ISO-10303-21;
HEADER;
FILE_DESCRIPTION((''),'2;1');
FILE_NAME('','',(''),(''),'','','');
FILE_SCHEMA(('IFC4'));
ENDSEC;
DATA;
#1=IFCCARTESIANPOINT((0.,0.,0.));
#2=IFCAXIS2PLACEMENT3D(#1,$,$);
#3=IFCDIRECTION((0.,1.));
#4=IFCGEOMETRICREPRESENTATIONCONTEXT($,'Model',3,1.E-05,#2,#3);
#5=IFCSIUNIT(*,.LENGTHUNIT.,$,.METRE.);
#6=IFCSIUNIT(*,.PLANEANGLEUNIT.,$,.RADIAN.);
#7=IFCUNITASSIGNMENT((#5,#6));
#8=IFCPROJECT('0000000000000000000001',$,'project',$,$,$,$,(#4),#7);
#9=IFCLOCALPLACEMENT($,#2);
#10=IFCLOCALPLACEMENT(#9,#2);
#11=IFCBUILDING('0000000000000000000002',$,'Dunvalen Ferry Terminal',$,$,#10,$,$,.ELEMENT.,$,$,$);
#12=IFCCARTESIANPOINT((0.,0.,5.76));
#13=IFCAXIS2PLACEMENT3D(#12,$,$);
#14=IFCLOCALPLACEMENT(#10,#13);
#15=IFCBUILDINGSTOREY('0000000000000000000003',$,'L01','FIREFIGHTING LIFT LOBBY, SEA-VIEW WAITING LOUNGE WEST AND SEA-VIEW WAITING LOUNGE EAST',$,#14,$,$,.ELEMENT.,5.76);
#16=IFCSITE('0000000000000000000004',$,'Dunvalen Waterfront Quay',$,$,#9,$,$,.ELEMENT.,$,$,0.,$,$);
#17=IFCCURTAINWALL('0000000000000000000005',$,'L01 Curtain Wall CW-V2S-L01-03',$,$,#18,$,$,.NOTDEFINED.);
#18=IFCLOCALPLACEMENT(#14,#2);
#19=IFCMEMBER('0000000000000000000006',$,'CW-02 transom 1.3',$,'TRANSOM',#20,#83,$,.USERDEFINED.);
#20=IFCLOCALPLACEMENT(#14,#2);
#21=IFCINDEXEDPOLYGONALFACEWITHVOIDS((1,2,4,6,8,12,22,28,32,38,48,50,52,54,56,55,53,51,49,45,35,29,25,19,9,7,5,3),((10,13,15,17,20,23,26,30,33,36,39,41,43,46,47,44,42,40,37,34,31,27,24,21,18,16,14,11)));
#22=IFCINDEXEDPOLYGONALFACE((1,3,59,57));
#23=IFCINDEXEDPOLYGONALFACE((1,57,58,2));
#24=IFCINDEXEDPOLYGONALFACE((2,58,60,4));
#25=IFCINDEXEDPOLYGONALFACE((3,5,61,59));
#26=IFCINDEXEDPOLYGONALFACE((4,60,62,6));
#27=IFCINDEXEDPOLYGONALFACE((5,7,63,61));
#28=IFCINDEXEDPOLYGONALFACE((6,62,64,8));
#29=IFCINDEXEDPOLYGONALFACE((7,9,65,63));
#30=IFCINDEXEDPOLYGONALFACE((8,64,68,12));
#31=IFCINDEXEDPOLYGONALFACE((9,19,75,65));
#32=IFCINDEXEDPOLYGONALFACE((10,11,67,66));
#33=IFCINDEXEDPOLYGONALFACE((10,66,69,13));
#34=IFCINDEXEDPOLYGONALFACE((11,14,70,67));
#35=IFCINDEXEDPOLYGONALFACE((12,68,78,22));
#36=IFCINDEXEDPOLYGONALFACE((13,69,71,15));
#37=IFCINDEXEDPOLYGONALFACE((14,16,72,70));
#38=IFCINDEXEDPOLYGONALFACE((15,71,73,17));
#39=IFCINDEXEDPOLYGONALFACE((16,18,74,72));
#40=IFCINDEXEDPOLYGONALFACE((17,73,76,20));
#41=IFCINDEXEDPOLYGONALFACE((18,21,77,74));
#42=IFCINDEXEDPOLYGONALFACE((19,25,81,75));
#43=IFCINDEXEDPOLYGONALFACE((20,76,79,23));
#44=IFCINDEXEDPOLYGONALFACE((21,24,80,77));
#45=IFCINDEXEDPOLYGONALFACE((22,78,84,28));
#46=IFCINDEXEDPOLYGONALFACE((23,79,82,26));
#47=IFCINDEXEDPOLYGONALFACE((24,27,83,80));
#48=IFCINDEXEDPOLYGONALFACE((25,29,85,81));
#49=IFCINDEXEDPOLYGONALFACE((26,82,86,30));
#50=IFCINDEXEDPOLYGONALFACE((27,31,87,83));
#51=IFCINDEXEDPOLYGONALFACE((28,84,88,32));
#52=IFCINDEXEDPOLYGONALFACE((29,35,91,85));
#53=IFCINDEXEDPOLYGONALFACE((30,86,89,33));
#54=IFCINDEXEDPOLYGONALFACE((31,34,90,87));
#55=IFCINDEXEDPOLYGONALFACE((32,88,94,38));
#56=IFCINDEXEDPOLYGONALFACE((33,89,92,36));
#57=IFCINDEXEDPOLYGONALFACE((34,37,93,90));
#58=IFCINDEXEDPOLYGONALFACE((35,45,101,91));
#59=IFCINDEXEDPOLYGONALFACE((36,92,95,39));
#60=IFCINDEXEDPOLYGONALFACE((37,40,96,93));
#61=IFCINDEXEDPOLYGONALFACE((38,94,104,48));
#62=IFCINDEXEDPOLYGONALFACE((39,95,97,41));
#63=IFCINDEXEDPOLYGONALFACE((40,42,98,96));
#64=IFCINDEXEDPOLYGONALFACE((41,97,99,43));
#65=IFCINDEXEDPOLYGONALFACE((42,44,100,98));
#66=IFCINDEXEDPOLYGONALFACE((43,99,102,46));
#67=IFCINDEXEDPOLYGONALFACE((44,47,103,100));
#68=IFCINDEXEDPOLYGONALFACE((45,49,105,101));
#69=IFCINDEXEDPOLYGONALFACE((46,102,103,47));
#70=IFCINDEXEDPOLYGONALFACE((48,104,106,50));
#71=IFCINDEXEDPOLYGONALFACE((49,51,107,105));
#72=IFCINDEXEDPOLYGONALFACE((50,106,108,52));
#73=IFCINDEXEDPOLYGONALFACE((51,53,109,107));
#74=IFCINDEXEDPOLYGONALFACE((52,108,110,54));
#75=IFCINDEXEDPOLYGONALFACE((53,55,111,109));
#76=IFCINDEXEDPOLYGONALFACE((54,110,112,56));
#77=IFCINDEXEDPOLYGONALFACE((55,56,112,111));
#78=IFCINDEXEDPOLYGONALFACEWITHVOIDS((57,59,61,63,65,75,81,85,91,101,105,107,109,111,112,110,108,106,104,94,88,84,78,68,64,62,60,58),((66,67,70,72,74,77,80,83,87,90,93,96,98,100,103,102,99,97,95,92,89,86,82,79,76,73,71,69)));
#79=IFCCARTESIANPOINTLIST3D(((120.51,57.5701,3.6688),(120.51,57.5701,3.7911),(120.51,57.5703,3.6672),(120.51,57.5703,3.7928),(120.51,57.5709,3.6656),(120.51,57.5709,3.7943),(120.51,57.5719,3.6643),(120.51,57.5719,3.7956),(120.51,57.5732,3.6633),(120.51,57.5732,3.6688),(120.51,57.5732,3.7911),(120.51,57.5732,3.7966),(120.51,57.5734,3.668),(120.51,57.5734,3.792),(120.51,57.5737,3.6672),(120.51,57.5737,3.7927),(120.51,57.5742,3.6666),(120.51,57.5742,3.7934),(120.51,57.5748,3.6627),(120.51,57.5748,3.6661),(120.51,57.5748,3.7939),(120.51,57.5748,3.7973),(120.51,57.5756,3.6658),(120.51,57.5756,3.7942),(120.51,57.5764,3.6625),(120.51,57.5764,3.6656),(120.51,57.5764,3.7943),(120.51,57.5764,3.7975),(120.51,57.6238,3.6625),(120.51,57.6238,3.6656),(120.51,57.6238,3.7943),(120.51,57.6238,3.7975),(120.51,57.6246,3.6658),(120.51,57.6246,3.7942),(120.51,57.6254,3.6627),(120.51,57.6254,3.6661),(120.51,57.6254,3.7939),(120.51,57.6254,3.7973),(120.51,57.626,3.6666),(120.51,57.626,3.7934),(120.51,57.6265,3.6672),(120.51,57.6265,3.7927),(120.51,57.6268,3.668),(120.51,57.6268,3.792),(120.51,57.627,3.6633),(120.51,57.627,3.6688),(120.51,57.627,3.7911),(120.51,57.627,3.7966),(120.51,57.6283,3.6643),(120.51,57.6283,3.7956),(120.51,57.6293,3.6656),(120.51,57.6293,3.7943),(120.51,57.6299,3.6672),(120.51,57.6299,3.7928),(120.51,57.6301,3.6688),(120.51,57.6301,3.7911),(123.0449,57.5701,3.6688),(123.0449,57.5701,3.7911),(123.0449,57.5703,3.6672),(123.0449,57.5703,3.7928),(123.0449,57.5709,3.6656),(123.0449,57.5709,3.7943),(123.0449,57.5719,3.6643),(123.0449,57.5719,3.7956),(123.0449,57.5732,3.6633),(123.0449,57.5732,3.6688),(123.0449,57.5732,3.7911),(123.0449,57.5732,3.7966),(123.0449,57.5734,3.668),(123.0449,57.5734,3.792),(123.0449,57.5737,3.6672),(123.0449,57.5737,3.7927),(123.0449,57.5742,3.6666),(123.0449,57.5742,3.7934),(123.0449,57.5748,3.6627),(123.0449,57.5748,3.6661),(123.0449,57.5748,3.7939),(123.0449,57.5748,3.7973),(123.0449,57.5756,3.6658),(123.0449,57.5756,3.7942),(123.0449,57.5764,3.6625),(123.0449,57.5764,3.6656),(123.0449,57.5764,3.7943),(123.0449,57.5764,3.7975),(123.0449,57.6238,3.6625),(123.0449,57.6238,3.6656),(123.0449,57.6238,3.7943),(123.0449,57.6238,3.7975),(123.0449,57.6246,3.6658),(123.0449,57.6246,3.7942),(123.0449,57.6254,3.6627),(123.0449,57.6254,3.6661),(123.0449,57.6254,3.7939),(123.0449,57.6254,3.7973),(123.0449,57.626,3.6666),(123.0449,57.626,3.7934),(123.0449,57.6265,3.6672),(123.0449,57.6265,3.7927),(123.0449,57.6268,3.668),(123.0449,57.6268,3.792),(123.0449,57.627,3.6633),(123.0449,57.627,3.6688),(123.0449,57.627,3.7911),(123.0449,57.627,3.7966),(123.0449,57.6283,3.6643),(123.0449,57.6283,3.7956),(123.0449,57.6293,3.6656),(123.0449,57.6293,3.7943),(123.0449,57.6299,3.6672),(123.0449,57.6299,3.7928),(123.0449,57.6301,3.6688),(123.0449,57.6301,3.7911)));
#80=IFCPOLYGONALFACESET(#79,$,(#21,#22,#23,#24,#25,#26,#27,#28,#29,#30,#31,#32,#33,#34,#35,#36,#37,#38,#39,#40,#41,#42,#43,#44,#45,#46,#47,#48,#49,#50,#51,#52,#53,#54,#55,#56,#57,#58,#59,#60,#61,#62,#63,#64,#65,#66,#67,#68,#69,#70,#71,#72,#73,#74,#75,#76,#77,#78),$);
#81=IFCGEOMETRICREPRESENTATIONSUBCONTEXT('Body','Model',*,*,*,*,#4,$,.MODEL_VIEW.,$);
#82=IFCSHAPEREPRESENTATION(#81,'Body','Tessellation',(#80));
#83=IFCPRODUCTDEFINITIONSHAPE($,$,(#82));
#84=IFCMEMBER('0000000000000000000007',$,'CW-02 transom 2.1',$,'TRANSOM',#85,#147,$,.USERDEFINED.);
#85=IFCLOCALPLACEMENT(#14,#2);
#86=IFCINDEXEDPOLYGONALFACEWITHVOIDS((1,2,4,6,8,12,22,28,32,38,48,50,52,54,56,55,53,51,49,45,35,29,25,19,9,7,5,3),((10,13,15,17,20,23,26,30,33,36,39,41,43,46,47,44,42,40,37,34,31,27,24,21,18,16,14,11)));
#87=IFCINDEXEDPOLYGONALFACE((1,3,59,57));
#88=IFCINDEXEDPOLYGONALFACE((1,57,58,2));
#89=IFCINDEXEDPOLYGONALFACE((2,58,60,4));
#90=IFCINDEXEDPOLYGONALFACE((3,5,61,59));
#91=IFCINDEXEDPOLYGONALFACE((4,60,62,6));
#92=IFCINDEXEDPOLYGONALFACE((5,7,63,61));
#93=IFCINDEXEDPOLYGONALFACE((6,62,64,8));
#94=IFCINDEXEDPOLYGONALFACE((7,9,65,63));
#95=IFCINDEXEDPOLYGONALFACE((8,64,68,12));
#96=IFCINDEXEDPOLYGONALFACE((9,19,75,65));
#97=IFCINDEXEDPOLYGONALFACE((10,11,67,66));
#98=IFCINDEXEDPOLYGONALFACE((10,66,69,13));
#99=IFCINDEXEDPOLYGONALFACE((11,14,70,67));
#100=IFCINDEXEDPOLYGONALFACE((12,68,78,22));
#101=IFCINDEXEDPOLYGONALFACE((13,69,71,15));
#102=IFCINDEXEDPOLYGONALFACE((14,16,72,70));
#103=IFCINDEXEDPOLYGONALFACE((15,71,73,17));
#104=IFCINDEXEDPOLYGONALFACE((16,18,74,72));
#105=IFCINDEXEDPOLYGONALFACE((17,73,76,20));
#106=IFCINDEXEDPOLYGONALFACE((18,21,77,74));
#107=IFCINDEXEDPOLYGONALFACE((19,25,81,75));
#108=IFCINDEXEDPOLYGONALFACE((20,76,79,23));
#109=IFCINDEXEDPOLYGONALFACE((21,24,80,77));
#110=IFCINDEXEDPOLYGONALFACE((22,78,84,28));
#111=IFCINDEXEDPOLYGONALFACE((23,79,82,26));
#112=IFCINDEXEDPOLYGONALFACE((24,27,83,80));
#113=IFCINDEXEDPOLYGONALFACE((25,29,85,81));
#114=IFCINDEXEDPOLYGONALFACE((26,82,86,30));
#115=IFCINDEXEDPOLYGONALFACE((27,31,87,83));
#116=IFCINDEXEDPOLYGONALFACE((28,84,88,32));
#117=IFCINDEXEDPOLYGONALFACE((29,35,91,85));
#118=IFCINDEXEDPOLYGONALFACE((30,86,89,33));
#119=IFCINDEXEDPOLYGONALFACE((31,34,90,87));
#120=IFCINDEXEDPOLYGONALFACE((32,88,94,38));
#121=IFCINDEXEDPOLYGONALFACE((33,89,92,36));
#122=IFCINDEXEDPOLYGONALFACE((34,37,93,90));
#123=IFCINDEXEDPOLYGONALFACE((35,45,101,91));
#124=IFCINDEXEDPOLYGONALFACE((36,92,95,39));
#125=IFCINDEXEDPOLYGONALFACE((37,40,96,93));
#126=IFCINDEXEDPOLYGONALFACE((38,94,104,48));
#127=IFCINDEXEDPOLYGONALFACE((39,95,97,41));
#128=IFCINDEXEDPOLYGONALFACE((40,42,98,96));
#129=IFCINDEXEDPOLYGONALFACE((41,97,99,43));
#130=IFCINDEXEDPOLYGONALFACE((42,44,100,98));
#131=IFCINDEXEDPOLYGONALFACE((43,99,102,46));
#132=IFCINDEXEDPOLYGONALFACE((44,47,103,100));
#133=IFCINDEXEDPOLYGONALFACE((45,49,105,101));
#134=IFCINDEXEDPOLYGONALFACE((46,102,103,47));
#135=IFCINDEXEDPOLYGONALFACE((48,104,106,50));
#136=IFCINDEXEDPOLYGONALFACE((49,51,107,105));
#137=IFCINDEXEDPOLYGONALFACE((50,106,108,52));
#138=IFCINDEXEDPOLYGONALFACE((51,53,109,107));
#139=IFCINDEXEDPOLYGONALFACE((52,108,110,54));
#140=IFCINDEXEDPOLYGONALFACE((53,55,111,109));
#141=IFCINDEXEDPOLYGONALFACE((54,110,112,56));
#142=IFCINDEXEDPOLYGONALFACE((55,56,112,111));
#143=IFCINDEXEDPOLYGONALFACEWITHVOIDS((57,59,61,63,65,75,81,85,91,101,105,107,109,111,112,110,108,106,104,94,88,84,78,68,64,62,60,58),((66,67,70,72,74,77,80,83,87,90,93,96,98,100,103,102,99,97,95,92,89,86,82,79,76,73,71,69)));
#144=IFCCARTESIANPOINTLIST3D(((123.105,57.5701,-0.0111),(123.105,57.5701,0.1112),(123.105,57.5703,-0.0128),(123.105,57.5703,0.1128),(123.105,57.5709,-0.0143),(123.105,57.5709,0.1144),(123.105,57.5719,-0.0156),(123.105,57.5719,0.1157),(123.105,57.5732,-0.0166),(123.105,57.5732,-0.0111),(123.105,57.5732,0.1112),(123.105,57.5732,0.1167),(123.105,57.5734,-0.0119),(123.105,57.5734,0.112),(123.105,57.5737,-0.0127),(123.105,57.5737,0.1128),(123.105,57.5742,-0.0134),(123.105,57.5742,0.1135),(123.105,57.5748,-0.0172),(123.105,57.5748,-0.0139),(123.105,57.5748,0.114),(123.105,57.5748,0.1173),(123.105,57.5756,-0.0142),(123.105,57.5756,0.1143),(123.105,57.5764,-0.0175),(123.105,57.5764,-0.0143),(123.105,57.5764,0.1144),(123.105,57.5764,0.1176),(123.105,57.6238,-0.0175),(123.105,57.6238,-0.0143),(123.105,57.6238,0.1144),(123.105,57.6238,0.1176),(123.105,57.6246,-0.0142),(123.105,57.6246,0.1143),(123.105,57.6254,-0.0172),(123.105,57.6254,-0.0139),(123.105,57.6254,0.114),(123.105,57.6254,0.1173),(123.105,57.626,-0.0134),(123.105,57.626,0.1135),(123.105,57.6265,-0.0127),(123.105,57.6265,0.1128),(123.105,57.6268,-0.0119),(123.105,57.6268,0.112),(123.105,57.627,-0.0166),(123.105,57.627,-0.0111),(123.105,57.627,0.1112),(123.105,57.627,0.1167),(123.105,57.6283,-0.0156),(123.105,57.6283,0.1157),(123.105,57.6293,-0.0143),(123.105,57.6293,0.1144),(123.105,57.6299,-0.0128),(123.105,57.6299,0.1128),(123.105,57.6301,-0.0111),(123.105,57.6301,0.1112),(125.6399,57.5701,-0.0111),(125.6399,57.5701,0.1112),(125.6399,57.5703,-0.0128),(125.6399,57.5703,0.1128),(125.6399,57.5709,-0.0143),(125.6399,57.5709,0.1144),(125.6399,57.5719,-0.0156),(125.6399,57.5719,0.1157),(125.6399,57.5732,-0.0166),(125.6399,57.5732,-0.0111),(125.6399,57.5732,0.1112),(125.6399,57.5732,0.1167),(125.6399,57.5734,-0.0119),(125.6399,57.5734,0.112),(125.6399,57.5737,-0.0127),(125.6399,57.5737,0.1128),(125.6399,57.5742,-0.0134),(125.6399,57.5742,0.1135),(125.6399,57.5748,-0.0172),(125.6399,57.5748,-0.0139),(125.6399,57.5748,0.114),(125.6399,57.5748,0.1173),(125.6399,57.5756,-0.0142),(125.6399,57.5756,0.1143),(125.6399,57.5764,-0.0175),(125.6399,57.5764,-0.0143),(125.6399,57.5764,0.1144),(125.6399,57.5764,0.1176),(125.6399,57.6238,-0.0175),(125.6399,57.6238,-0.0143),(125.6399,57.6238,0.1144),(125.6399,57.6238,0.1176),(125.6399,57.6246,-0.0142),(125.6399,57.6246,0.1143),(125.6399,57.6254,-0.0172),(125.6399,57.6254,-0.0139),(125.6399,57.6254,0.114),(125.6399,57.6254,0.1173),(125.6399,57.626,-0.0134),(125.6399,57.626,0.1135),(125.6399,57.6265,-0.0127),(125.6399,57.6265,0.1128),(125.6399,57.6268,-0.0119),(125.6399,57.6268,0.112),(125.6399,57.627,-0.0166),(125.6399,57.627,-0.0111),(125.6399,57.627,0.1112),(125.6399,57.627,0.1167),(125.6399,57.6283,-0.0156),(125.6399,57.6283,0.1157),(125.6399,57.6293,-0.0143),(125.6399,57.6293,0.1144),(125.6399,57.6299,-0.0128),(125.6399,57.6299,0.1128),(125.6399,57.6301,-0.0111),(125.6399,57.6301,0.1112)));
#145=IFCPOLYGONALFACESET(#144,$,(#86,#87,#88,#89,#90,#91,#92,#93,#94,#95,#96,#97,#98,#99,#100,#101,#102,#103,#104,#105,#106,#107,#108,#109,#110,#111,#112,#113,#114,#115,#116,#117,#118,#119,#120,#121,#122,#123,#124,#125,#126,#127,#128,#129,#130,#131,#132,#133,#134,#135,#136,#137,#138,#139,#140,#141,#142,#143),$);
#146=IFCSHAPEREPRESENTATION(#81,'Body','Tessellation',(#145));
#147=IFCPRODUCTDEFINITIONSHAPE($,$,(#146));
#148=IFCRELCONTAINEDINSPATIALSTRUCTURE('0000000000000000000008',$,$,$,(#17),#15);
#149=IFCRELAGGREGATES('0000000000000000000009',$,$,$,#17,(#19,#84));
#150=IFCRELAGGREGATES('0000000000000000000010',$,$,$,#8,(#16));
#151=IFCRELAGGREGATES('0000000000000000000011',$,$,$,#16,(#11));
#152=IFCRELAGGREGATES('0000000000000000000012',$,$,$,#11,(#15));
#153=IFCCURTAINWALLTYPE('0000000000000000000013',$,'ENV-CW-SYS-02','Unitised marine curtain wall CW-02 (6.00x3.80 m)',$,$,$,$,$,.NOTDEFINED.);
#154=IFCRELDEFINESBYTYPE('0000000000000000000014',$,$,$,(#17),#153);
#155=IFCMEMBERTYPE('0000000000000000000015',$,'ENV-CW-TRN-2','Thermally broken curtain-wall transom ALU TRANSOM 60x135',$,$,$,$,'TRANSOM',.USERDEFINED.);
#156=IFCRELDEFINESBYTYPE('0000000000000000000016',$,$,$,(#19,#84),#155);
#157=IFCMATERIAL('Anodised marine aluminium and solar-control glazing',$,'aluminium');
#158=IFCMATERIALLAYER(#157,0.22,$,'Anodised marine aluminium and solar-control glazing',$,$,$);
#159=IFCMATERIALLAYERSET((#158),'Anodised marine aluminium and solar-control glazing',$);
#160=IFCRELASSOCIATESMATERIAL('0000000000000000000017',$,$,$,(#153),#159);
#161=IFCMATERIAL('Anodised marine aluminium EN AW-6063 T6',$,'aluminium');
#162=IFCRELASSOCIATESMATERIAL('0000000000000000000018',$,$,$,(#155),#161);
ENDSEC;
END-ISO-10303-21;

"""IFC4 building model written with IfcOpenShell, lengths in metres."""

from ifc_helpers import new_model, si_unit, direction, frame, origin, origin_2d, place, context, subcontext, project, spatial, hollow_rectangle, extrude, material, layer, layer_set, material_profile, profile_set, type_object, element, aggregate, save


model = new_model("IFC4")

# Units and contexts
model_context = context("Model", 3, precision=1e-05, world=origin(), true_north=direction((0.0, 1.0)))
body_context = subcontext(model_context, "Body", "Model", "MODEL_VIEW")
ifc_project = project(units=[si_unit("LENGTHUNIT", "METRE"), si_unit("PLANEANGLEUNIT", "RADIAN")], contexts=[model_context])

# Site, building, storey
site_placement = place(None, origin())
site = spatial("IfcSite", under=ifc_project, at=site_placement, Name="Dunvalen Waterfront Quay", CompositionType="ELEMENT", RefElevation=0.0)
building_placement = place(site_placement, origin())
building = spatial("IfcBuilding", under=site, at=building_placement, Name="Dunvalen Ferry Terminal", CompositionType="ELEMENT")
storey_placement = place(building_placement, frame((0.0, 0.0, 5.76)))
storey = spatial("IfcBuildingStorey", under=building, at=storey_placement, Name="L01", Description="FIREFIGHTING LIFT LOBBY, SEA-VIEW WAITING LOUNGE WEST AND SEA-VIEW WAITING LOUNGE EAST", CompositionType="ELEMENT", Elevation=5.76)

# Curtain wall, members
ifc_material_1 = material(Name="Anodised marine aluminium and solar-control glazing", Category="aluminium")
ifc_layer_1 = layer(ifc_material_1, 0.22, Name="Anodised marine aluminium and solar-control glazing")
ifc_layer_set_1 = layer_set([ifc_layer_1], Name="Anodised marine aluminium and solar-control glazing")
curtain_wall_type = type_object("IfcCurtainWallType", Name="ENV-CW-SYS-02", Description="Unitised marine curtain wall CW-02 (6.00x3.80 m)", PredefinedType="NOTDEFINED", material=ifc_layer_set_1)
curtain_wall_placement = place(storey_placement, origin())
curtain_wall = element("IfcCurtainWall", 1, at=curtain_wall_placement, inside=storey, type_object=curtain_wall_type, Name="L01 Curtain Wall CW-V2S-L01-03", PredefinedType="NOTDEFINED")
ifc_material_2 = material(Name="Anodised marine aluminium EN AW-6063 T6", Category="aluminium")
ifc_material_profile_1 = material_profile(ifc_material_2, hollow_rectangle(XDim=0.0601, YDim=0.135, WallThickness=0.0032, InnerFilletRadius=0.0032, OuterFilletRadius=0.0063, at=origin_2d()), Name="Anodised marine aluminium EN AW-6063 T6")
ifc_profile_set_1 = profile_set([ifc_material_profile_1], Name="Anodised marine aluminium EN AW-6063 T6")
member_type_1 = type_object("IfcMemberType", Name="ENV-CW-TRN-2", Description="Thermally broken curtain-wall transom ALU TRANSOM 60x135", ElementType="TRANSOM", PredefinedType="USERDEFINED", material=ifc_profile_set_1)
member_1_placement = place(storey_placement, frame((120.51, 57.6001, 3.73), z_axis=(1.0, 0.0, 0.0), x_axis=(0.0, 1.0, 0.0)))
member_1 = element("IfcMember", 2, at=member_1_placement, type_object=member_type_1, Name="CW-02 transom 1.3", ObjectType="TRANSOM", PredefinedType="USERDEFINED", context=body_context, shape_type="SweptSolid", body=[
    extrude(hollow_rectangle(XDim=0.0601, YDim=0.135, WallThickness=0.0032, InnerFilletRadius=0.0032, OuterFilletRadius=0.0063, at=origin_2d()), origin(), (0.0, 0.0, 1.0), 2.5349),
])
member_2_placement = place(storey_placement, frame((123.105, 57.6001, 0.05), z_axis=(1.0, 0.0, 0.0), x_axis=(0.0, 1.0, 0.0)))
member_2 = element("IfcMember", 3, at=member_2_placement, type_object=member_type_1, Name="CW-02 transom 2.1", ObjectType="TRANSOM", PredefinedType="USERDEFINED", context=body_context, shape_type="SweptSolid", body=[
    extrude(hollow_rectangle(XDim=0.0601, YDim=0.135, WallThickness=0.0032, InnerFilletRadius=0.0032, OuterFilletRadius=0.0063, at=origin_2d()), origin(), (0.0, 0.0, 1.0), 2.5349),
])

aggregate(curtain_wall, [member_1, member_2])

save(model, "model.ifc")
